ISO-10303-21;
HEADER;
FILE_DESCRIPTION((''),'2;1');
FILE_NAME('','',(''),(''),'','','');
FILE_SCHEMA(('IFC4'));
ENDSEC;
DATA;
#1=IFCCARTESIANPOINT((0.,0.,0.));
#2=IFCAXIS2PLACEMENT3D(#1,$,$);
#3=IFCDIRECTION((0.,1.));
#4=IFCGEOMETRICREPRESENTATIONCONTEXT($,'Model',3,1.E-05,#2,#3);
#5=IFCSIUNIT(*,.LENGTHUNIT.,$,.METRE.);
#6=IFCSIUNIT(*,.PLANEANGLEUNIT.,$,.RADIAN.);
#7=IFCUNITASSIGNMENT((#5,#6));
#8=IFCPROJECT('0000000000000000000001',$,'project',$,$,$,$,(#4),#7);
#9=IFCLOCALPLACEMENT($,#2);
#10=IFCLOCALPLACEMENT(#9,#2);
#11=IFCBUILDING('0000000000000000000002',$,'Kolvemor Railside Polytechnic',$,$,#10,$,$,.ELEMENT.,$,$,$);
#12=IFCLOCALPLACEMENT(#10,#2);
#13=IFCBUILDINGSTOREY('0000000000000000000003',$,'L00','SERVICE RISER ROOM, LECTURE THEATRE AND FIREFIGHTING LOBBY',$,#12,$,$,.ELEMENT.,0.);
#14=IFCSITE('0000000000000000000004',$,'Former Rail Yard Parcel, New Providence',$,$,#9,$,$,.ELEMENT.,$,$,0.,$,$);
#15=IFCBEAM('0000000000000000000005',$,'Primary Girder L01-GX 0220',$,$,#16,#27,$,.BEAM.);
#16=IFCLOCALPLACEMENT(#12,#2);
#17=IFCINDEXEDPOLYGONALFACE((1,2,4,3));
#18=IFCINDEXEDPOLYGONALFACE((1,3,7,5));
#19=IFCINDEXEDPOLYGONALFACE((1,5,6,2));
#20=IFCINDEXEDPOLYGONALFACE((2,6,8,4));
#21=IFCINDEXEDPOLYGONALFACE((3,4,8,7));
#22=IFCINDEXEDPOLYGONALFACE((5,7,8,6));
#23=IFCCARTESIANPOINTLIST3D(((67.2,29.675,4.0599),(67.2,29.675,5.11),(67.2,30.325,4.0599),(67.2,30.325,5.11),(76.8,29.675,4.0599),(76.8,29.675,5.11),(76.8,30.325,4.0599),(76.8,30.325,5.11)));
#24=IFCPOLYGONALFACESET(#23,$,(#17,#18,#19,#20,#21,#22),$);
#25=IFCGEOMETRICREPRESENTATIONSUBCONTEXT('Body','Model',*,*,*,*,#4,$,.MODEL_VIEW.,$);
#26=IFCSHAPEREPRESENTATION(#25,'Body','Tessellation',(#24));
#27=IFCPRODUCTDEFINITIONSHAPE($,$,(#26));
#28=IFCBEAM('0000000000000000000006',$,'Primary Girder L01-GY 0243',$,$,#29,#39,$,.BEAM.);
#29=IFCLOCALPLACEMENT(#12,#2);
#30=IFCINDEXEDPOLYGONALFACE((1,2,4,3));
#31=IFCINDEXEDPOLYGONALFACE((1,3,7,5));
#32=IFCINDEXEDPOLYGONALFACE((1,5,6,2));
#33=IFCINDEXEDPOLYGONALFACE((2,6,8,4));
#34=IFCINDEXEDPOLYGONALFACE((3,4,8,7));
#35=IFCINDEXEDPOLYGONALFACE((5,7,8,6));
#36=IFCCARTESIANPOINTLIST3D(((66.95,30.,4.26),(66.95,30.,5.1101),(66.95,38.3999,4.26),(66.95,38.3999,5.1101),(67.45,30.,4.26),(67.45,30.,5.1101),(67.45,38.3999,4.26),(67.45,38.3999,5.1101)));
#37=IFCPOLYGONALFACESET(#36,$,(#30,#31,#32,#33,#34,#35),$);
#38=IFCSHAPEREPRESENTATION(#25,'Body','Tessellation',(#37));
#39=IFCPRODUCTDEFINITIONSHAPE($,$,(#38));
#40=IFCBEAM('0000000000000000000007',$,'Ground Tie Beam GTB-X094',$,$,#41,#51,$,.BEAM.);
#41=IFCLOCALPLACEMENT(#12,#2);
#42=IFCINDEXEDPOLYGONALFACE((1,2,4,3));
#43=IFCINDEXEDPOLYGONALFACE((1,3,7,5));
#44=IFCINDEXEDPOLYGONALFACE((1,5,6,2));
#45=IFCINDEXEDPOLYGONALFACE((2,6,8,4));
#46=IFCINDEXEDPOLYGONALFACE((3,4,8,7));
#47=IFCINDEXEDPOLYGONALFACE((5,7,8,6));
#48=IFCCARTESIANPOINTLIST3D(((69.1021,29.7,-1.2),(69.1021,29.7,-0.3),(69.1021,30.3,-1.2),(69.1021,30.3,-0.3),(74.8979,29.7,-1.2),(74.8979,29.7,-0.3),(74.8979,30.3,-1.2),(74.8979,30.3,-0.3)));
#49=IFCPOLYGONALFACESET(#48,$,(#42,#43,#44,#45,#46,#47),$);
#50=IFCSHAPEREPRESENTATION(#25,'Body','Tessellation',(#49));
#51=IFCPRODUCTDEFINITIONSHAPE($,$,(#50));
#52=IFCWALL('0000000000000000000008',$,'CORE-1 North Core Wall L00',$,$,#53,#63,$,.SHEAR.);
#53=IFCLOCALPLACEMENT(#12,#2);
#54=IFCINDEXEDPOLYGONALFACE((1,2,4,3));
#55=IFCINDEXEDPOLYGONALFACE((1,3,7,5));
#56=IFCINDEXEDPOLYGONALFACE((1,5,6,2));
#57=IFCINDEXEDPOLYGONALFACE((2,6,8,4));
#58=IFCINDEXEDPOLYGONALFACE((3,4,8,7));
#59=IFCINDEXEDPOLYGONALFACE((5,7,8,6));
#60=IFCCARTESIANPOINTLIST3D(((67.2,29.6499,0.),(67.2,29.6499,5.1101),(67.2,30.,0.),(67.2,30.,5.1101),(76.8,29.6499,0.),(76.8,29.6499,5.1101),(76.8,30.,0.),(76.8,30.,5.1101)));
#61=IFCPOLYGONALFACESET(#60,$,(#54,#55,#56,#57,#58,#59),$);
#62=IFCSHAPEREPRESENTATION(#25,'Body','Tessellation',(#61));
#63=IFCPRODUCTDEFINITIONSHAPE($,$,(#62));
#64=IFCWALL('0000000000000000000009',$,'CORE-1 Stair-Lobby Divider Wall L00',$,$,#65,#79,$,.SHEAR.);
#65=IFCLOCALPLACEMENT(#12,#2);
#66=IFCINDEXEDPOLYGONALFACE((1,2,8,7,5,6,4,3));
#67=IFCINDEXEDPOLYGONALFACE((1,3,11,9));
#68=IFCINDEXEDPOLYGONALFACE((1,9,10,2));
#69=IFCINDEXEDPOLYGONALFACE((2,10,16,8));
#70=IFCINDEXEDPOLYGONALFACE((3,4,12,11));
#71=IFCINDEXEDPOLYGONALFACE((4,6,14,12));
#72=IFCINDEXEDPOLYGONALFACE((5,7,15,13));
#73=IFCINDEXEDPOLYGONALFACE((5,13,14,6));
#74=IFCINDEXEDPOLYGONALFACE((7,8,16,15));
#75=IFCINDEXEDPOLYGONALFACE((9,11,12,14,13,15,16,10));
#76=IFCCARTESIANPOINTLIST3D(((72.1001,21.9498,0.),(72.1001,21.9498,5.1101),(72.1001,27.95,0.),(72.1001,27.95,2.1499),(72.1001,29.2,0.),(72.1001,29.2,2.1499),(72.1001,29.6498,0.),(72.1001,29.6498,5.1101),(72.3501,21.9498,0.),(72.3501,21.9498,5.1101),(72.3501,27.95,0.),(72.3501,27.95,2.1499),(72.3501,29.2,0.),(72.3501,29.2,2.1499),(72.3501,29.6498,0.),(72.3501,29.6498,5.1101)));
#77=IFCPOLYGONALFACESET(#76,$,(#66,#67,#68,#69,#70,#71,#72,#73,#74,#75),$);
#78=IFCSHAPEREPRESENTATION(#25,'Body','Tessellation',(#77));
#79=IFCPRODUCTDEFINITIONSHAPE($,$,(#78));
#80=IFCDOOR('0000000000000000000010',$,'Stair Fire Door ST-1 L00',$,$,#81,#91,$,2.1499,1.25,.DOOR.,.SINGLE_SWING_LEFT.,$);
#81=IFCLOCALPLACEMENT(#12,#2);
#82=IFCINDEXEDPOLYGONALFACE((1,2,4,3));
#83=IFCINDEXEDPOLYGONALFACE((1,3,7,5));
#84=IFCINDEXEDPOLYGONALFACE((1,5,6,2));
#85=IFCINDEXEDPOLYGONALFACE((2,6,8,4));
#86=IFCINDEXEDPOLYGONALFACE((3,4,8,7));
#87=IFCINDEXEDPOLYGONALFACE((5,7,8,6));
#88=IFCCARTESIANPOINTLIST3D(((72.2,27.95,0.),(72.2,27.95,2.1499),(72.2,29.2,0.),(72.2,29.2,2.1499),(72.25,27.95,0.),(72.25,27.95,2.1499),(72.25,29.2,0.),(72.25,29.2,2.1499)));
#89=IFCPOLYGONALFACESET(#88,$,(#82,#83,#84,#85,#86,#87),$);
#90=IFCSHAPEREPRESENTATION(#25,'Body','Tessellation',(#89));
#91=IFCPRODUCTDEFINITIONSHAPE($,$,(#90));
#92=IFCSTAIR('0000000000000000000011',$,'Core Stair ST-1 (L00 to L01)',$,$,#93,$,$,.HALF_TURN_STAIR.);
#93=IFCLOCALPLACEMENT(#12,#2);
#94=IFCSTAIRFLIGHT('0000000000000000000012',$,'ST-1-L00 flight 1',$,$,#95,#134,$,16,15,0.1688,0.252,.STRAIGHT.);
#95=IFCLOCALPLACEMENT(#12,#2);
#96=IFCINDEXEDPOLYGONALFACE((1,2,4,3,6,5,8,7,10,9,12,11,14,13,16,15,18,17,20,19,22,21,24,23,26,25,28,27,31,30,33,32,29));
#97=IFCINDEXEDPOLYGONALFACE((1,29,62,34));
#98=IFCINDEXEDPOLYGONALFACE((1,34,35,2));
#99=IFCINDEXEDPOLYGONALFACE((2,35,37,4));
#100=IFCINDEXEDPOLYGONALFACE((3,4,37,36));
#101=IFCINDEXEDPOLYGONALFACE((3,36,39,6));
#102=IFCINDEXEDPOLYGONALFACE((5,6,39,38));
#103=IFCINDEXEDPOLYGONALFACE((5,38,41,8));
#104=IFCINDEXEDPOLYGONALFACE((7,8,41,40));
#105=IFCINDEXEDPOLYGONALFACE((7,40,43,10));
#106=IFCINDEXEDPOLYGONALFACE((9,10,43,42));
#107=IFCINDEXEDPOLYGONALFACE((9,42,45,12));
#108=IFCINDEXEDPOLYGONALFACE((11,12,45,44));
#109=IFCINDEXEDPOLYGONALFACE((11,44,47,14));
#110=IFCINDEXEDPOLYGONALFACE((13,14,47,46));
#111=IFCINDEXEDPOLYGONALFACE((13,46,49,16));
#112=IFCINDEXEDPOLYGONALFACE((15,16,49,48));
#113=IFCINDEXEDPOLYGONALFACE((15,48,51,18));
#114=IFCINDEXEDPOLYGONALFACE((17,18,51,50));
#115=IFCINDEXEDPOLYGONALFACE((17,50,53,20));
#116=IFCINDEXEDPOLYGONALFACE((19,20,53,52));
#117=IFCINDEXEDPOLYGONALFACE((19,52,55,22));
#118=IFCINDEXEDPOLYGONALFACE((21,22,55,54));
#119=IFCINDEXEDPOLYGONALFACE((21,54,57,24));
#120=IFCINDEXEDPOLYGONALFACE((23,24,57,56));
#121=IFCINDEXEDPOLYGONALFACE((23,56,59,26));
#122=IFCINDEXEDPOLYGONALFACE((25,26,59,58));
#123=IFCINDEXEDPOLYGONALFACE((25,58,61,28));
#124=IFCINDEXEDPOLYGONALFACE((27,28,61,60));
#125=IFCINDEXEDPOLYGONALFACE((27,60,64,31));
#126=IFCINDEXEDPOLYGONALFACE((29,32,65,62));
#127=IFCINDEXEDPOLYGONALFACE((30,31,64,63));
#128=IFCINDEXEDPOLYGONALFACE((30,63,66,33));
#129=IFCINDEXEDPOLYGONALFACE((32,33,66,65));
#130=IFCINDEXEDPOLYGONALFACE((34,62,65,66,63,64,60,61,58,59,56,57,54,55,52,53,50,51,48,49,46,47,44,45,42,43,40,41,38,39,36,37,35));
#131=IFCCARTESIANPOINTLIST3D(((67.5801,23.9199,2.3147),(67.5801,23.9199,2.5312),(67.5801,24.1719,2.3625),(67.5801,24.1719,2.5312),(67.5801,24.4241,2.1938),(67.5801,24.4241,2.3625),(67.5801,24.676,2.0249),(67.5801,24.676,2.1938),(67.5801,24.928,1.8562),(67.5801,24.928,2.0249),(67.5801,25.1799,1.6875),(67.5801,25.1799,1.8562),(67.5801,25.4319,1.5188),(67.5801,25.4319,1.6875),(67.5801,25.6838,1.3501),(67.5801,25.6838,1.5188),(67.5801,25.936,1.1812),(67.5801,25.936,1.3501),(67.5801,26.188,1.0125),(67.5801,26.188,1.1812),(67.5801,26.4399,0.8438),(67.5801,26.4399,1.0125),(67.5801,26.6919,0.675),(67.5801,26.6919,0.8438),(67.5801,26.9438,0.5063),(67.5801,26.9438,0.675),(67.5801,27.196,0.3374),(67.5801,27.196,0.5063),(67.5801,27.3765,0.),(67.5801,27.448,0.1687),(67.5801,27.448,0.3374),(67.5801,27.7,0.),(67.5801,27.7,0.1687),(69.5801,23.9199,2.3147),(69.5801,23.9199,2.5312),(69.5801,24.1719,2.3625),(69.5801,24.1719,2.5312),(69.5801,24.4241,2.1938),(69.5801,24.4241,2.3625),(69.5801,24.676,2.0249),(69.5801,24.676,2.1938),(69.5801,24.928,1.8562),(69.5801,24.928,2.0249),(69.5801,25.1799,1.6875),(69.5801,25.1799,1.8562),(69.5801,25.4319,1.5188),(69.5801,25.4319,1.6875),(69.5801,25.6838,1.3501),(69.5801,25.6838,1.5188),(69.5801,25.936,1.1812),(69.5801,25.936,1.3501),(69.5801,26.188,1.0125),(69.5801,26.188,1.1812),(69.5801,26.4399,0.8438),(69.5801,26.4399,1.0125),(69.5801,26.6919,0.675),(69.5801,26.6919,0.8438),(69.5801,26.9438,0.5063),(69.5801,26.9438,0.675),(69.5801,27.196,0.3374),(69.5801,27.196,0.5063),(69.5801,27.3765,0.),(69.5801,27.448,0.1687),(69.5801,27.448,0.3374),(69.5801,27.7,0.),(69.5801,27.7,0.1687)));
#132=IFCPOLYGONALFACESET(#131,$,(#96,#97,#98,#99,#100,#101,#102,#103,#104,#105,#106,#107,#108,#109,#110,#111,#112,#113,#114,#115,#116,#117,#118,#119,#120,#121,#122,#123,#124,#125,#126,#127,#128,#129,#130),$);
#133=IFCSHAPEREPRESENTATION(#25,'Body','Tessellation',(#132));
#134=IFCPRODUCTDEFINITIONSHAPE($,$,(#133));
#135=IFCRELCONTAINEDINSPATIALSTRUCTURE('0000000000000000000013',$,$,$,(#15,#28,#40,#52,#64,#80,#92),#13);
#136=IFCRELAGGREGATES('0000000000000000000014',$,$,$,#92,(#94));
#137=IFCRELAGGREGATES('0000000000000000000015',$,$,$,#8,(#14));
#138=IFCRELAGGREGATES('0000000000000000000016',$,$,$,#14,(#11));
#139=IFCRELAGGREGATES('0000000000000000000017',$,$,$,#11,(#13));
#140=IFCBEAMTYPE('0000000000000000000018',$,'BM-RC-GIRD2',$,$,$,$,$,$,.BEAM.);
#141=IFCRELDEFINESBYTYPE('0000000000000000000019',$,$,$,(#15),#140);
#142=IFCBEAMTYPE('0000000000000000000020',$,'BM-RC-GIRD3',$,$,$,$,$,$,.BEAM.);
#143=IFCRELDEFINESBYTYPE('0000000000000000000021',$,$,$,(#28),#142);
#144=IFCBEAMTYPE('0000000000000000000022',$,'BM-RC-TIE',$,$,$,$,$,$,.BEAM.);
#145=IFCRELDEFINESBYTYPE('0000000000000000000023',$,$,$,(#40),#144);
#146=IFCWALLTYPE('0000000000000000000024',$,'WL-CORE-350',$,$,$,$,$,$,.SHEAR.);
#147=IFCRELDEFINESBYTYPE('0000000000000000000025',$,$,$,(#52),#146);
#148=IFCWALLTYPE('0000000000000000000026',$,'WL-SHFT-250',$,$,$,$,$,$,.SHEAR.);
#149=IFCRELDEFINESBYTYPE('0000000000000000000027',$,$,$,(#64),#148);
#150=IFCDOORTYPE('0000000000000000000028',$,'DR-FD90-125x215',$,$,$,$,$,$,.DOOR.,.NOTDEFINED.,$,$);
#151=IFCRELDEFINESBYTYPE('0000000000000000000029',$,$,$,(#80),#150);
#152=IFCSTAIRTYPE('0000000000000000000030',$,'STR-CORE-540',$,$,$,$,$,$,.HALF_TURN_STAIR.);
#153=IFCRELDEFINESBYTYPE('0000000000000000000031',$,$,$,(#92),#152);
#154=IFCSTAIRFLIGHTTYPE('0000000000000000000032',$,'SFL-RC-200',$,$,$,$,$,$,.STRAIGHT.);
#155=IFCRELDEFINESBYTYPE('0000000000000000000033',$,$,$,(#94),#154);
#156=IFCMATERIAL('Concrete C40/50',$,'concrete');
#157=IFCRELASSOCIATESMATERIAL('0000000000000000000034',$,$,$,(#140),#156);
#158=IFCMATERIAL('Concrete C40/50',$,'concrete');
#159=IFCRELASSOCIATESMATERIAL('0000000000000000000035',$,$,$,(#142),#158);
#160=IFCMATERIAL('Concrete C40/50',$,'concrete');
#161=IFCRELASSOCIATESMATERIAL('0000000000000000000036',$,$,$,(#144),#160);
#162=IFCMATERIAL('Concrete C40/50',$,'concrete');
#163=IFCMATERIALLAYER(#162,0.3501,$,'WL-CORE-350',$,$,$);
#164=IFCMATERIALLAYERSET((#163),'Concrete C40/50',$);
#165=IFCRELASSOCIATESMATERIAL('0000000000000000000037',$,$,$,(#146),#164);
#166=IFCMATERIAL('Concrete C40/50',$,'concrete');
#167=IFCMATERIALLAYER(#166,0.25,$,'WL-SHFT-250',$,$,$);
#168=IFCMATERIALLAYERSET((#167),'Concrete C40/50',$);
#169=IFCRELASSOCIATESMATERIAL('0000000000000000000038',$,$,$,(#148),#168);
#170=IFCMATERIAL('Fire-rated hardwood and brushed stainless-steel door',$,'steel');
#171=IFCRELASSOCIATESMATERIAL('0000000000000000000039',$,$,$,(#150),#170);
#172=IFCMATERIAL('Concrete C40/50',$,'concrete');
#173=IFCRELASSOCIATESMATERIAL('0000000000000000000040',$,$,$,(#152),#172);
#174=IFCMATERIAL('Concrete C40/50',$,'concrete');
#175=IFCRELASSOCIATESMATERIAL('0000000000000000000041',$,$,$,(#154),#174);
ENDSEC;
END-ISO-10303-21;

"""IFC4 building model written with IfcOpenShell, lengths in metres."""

from ifc_helpers import new_model, si_unit, direction, frame, frame_2d, origin, origin_2d, place, context, subcontext, project, spatial, polyline, rectangle, outline, extrude, material, layer, layer_set, material_profile, profile_set, type_object, element, fill, aggregate, save


model = new_model("IFC4")

# Units and contexts
model_context = context("Model", 3, precision=1e-05, world=origin(), true_north=direction((0.0, 1.0)))
body_context = subcontext(model_context, "Body", "Model", "MODEL_VIEW")
ifc_project = project(units=[si_unit("LENGTHUNIT", "METRE"), si_unit("PLANEANGLEUNIT", "RADIAN")], contexts=[model_context])

# Site, building, storey
site_placement = place(None, origin())
site = spatial("IfcSite", under=ifc_project, at=site_placement, Name="Former Rail Yard Parcel, New Providence", CompositionType="ELEMENT", RefElevation=0.0)
building_placement = place(site_placement, origin())
building = spatial("IfcBuilding", under=site, at=building_placement, Name="Kolvemor Railside Polytechnic", CompositionType="ELEMENT")
storey_placement = place(building_placement, origin())
storey = spatial("IfcBuildingStorey", under=building, at=storey_placement, Name="L00", Description="SERVICE RISER ROOM, LECTURE THEATRE AND FIREFIGHTING LOBBY", CompositionType="ELEMENT", Elevation=0.0)

# Beams
ifc_material_1 = material(Name="Concrete C40/50", Category="concrete")
ifc_material_profile_1 = material_profile(ifc_material_1, rectangle(XDim=0.6499, YDim=1.05, at=origin_2d()), Name="RC650x1050")
ifc_profile_set_1 = profile_set([ifc_material_profile_1], Name="Concrete C40/50")
beam_type_1 = type_object("IfcBeamType", Name="BM-RC-GIRD2", PredefinedType="BEAM", material=ifc_profile_set_1)
beam_1_placement = place(storey_placement, frame((67.2, 30.0, 4.585), z_axis=(1.0, 0.0, 0.0), x_axis=(0.0, 1.0, 0.0)))
element("IfcBeam", 1, at=beam_1_placement, inside=storey, type_object=beam_type_1, Name="Primary Girder L01-GX 0220", PredefinedType="BEAM", context=body_context, shape_type="SweptSolid", body=[
    extrude(rectangle(XDim=0.6499, YDim=1.05, at=origin_2d()), origin(), (0.0, 0.0, 1.0), 9.6001),
])
ifc_material_2 = material(Name="Concrete C40/50", Category="concrete")
ifc_material_profile_2 = material_profile(ifc_material_2, rectangle(XDim=0.5, YDim=0.8501, at=origin_2d()), Name="RC500x850")
ifc_profile_set_2 = profile_set([ifc_material_profile_2], Name="Concrete C40/50")
beam_type_2 = type_object("IfcBeamType", Name="BM-RC-GIRD3", PredefinedType="BEAM", material=ifc_profile_set_2)
beam_2_placement = place(storey_placement, frame((67.2, 30.0, 4.6851), z_axis=(0.0, 1.0, 0.0), x_axis=(-1.0, 0.0, 0.0)))
element("IfcBeam", 2, at=beam_2_placement, inside=storey, type_object=beam_type_2, Name="Primary Girder L01-GY 0243", PredefinedType="BEAM", context=body_context, shape_type="SweptSolid", body=[
    extrude(rectangle(XDim=0.5, YDim=0.8501, at=origin_2d()), origin(), (0.0, 0.0, 1.0), 8.3999),
])
ifc_material_3 = material(Name="Concrete C40/50", Category="concrete")
ifc_material_profile_3 = material_profile(ifc_material_3, rectangle(XDim=0.6001, YDim=0.8999, at=origin_2d()), Name="RC600x900")
ifc_profile_set_3 = profile_set([ifc_material_profile_3], Name="Concrete C40/50")
beam_type_3 = type_object("IfcBeamType", Name="BM-RC-TIE", PredefinedType="BEAM", material=ifc_profile_set_3)
beam_3_placement = place(storey_placement, frame((69.1021, 30.0, -0.75), z_axis=(1.0, 0.0, 0.0), x_axis=(0.0, 1.0, 0.0)))
element("IfcBeam", 3, at=beam_3_placement, inside=storey, type_object=beam_type_3, Name="Ground Tie Beam GTB-X094", PredefinedType="BEAM", context=body_context, shape_type="SweptSolid", body=[
    extrude(rectangle(XDim=0.6001, YDim=0.8999, at=origin_2d()), origin(), (0.0, 0.0, 1.0), 5.7959),
])

# Wall
ifc_material_4 = material(Name="Concrete C40/50", Category="concrete")
ifc_layer_1 = layer(ifc_material_4, 0.3501, Name="WL-CORE-350")
ifc_layer_set_1 = layer_set([ifc_layer_1], Name="Concrete C40/50")
wall_type_1 = type_object("IfcWallType", Name="WL-CORE-350", PredefinedType="SHEAR", material=ifc_layer_set_1)
wall_1_placement = place(storey_placement, frame((67.2, 29.825, 0.0), z_axis=(0.0, 0.0, 1.0), x_axis=(1.0, 0.0, 0.0)))
element("IfcWall", 4, at=wall_1_placement, inside=storey, type_object=wall_type_1, Name="CORE-1 North Core Wall L00", PredefinedType="SHEAR", context=body_context, shape_type="SweptSolid", body=[
    extrude(rectangle(XDim=9.6001, YDim=0.3501, at=frame_2d((4.8, 0.0))), origin(), (0.0, 0.0, 1.0), 5.1101),
])

# Wall, opening, door
ifc_material_5 = material(Name="Concrete C40/50", Category="concrete")
ifc_layer_2 = layer(ifc_material_5, 0.25, Name="WL-SHFT-250")
ifc_layer_set_2 = layer_set([ifc_layer_2], Name="Concrete C40/50")
wall_type_2 = type_object("IfcWallType", Name="WL-SHFT-250", PredefinedType="SHEAR", material=ifc_layer_set_2)
wall_2_placement = place(storey_placement, frame((72.2251, 29.6499, 0.0), z_axis=(0.0, 0.0, 1.0), x_axis=(0.0, -1.0, 0.0)))
wall_2 = element("IfcWall", 5, at=wall_2_placement, inside=storey, type_object=wall_type_2, Name="CORE-1 Stair-Lobby Divider Wall L00", PredefinedType="SHEAR", context=body_context, shape_type="SweptSolid", body=[
    extrude(rectangle(XDim=7.7, YDim=0.25, at=frame_2d((3.8501, 0.0))), origin(), (0.0, 0.0, 1.0), 5.1101),
])
opening_1_placement = place(wall_2_placement, frame((0.45, 0.0, 0.0)))
opening_1 = element("IfcOpeningElement", 6, at=opening_1_placement, cuts=wall_2, PredefinedType="OPENING", context=body_context, shape_type="SweptSolid", body=[
    extrude(rectangle(XDim=1.25, YDim=2.1499, at=frame_2d((0.625, 1.075))), frame((0.0, 0.135, 0.0), z_axis=(0.0, -1.0, 0.0), x_axis=(1.0, 0.0, 0.0)), (0.0, 0.0, 1.0), 0.27),
])
ifc_material_6 = material(Name="Fire-rated hardwood and brushed stainless-steel door", Category="steel")
door_type_1 = type_object("IfcDoorType", Name="DR-FD90-125x215", OperationType="NOTDEFINED", PredefinedType="DOOR", material=ifc_material_6)
door_1_placement = place(opening_1_placement, origin())
door_1 = element("IfcDoor", 7, at=door_1_placement, inside=storey, type_object=door_type_1, Name="Stair Fire Door ST-1 L00", OperationType="SINGLE_SWING_LEFT", OverallHeight=2.1499, OverallWidth=1.25, PredefinedType="DOOR", context=body_context, shape_type="SweptSolid", body=[
    extrude(rectangle(XDim=1.25, YDim=2.1499, at=frame_2d((0.625, 1.075))), frame((0.0, 0.0249, 0.0), z_axis=(0.0, -1.0, 0.0), x_axis=(1.0, 0.0, 0.0)), (0.0, 0.0, 1.0), 0.05),
])
fill(opening_1, door_1)

# Stair, stair flight
ifc_material_7 = material(Name="Concrete C40/50", Category="concrete")
stair_type = type_object("IfcStairType", Name="STR-CORE-540", PredefinedType="HALF_TURN_STAIR", material=ifc_material_7)
stair_placement = place(storey_placement, origin())
stair = element("IfcStair", 8, at=stair_placement, inside=storey, type_object=stair_type, Name="Core Stair ST-1 (L00 to L01)", PredefinedType="HALF_TURN_STAIR")
ifc_material_8 = material(Name="Concrete C40/50", Category="concrete")
stair_flight_type = type_object("IfcStairFlightType", Name="SFL-RC-200", PredefinedType="STRAIGHT", material=ifc_material_8)
stair_flight_1_placement = place(storey_placement, frame((68.5801, 27.7, 0.0), z_axis=(0.0, 0.0, 1.0), x_axis=(0.0, -1.0, 0.0)))
stair_flight_1 = element("IfcStairFlight", 9, at=stair_flight_1_placement, type_object=stair_flight_type, Name="ST-1-L00 flight 1", NumberOfRisers=16, NumberOfTreads=15, PredefinedType="STRAIGHT", RiserHeight=0.1688, TreadLength=0.252, context=body_context, shape_type="SweptSolid", body=[
    extrude(outline(polyline([(0.0, 0.0), (0.0, 0.1687), (0.252, 0.1687), (0.252, 0.3374), (0.5039, 0.3374), (0.5039, 0.5063), (0.7561, 0.5063), (0.7561, 0.675), (1.0081, 0.675), (1.0081, 0.8438), (1.26, 0.8438), (1.26, 1.0125), (1.512, 1.0125), (1.512, 1.1812), (1.7639, 1.1812), (1.7639, 1.3501), (2.0161, 1.3501), (2.0161, 1.5188), (2.2681, 1.5188), (2.2681, 1.6875), (2.52, 1.6875), (2.52, 1.8562), (2.772, 1.8562), (2.772, 2.0249), (3.0239, 2.0249), (3.0239, 2.1938), (3.2759, 2.1938), (3.2759, 2.3625), (3.5281, 2.3625), (3.5281, 2.5312), (3.78, 2.5312), (3.78, 2.7), (3.78, 2.3147), (0.3235, 0.0), (0.0, 0.0)])), frame((0.0, 1.0, 0.0), z_axis=(0.0, -1.0, 0.0), x_axis=(1.0, 0.0, 0.0)), (0.0, 0.0, 1.0), 2.0),
])
aggregate(stair, [stair_flight_1])

save(model, "model.ifc")
